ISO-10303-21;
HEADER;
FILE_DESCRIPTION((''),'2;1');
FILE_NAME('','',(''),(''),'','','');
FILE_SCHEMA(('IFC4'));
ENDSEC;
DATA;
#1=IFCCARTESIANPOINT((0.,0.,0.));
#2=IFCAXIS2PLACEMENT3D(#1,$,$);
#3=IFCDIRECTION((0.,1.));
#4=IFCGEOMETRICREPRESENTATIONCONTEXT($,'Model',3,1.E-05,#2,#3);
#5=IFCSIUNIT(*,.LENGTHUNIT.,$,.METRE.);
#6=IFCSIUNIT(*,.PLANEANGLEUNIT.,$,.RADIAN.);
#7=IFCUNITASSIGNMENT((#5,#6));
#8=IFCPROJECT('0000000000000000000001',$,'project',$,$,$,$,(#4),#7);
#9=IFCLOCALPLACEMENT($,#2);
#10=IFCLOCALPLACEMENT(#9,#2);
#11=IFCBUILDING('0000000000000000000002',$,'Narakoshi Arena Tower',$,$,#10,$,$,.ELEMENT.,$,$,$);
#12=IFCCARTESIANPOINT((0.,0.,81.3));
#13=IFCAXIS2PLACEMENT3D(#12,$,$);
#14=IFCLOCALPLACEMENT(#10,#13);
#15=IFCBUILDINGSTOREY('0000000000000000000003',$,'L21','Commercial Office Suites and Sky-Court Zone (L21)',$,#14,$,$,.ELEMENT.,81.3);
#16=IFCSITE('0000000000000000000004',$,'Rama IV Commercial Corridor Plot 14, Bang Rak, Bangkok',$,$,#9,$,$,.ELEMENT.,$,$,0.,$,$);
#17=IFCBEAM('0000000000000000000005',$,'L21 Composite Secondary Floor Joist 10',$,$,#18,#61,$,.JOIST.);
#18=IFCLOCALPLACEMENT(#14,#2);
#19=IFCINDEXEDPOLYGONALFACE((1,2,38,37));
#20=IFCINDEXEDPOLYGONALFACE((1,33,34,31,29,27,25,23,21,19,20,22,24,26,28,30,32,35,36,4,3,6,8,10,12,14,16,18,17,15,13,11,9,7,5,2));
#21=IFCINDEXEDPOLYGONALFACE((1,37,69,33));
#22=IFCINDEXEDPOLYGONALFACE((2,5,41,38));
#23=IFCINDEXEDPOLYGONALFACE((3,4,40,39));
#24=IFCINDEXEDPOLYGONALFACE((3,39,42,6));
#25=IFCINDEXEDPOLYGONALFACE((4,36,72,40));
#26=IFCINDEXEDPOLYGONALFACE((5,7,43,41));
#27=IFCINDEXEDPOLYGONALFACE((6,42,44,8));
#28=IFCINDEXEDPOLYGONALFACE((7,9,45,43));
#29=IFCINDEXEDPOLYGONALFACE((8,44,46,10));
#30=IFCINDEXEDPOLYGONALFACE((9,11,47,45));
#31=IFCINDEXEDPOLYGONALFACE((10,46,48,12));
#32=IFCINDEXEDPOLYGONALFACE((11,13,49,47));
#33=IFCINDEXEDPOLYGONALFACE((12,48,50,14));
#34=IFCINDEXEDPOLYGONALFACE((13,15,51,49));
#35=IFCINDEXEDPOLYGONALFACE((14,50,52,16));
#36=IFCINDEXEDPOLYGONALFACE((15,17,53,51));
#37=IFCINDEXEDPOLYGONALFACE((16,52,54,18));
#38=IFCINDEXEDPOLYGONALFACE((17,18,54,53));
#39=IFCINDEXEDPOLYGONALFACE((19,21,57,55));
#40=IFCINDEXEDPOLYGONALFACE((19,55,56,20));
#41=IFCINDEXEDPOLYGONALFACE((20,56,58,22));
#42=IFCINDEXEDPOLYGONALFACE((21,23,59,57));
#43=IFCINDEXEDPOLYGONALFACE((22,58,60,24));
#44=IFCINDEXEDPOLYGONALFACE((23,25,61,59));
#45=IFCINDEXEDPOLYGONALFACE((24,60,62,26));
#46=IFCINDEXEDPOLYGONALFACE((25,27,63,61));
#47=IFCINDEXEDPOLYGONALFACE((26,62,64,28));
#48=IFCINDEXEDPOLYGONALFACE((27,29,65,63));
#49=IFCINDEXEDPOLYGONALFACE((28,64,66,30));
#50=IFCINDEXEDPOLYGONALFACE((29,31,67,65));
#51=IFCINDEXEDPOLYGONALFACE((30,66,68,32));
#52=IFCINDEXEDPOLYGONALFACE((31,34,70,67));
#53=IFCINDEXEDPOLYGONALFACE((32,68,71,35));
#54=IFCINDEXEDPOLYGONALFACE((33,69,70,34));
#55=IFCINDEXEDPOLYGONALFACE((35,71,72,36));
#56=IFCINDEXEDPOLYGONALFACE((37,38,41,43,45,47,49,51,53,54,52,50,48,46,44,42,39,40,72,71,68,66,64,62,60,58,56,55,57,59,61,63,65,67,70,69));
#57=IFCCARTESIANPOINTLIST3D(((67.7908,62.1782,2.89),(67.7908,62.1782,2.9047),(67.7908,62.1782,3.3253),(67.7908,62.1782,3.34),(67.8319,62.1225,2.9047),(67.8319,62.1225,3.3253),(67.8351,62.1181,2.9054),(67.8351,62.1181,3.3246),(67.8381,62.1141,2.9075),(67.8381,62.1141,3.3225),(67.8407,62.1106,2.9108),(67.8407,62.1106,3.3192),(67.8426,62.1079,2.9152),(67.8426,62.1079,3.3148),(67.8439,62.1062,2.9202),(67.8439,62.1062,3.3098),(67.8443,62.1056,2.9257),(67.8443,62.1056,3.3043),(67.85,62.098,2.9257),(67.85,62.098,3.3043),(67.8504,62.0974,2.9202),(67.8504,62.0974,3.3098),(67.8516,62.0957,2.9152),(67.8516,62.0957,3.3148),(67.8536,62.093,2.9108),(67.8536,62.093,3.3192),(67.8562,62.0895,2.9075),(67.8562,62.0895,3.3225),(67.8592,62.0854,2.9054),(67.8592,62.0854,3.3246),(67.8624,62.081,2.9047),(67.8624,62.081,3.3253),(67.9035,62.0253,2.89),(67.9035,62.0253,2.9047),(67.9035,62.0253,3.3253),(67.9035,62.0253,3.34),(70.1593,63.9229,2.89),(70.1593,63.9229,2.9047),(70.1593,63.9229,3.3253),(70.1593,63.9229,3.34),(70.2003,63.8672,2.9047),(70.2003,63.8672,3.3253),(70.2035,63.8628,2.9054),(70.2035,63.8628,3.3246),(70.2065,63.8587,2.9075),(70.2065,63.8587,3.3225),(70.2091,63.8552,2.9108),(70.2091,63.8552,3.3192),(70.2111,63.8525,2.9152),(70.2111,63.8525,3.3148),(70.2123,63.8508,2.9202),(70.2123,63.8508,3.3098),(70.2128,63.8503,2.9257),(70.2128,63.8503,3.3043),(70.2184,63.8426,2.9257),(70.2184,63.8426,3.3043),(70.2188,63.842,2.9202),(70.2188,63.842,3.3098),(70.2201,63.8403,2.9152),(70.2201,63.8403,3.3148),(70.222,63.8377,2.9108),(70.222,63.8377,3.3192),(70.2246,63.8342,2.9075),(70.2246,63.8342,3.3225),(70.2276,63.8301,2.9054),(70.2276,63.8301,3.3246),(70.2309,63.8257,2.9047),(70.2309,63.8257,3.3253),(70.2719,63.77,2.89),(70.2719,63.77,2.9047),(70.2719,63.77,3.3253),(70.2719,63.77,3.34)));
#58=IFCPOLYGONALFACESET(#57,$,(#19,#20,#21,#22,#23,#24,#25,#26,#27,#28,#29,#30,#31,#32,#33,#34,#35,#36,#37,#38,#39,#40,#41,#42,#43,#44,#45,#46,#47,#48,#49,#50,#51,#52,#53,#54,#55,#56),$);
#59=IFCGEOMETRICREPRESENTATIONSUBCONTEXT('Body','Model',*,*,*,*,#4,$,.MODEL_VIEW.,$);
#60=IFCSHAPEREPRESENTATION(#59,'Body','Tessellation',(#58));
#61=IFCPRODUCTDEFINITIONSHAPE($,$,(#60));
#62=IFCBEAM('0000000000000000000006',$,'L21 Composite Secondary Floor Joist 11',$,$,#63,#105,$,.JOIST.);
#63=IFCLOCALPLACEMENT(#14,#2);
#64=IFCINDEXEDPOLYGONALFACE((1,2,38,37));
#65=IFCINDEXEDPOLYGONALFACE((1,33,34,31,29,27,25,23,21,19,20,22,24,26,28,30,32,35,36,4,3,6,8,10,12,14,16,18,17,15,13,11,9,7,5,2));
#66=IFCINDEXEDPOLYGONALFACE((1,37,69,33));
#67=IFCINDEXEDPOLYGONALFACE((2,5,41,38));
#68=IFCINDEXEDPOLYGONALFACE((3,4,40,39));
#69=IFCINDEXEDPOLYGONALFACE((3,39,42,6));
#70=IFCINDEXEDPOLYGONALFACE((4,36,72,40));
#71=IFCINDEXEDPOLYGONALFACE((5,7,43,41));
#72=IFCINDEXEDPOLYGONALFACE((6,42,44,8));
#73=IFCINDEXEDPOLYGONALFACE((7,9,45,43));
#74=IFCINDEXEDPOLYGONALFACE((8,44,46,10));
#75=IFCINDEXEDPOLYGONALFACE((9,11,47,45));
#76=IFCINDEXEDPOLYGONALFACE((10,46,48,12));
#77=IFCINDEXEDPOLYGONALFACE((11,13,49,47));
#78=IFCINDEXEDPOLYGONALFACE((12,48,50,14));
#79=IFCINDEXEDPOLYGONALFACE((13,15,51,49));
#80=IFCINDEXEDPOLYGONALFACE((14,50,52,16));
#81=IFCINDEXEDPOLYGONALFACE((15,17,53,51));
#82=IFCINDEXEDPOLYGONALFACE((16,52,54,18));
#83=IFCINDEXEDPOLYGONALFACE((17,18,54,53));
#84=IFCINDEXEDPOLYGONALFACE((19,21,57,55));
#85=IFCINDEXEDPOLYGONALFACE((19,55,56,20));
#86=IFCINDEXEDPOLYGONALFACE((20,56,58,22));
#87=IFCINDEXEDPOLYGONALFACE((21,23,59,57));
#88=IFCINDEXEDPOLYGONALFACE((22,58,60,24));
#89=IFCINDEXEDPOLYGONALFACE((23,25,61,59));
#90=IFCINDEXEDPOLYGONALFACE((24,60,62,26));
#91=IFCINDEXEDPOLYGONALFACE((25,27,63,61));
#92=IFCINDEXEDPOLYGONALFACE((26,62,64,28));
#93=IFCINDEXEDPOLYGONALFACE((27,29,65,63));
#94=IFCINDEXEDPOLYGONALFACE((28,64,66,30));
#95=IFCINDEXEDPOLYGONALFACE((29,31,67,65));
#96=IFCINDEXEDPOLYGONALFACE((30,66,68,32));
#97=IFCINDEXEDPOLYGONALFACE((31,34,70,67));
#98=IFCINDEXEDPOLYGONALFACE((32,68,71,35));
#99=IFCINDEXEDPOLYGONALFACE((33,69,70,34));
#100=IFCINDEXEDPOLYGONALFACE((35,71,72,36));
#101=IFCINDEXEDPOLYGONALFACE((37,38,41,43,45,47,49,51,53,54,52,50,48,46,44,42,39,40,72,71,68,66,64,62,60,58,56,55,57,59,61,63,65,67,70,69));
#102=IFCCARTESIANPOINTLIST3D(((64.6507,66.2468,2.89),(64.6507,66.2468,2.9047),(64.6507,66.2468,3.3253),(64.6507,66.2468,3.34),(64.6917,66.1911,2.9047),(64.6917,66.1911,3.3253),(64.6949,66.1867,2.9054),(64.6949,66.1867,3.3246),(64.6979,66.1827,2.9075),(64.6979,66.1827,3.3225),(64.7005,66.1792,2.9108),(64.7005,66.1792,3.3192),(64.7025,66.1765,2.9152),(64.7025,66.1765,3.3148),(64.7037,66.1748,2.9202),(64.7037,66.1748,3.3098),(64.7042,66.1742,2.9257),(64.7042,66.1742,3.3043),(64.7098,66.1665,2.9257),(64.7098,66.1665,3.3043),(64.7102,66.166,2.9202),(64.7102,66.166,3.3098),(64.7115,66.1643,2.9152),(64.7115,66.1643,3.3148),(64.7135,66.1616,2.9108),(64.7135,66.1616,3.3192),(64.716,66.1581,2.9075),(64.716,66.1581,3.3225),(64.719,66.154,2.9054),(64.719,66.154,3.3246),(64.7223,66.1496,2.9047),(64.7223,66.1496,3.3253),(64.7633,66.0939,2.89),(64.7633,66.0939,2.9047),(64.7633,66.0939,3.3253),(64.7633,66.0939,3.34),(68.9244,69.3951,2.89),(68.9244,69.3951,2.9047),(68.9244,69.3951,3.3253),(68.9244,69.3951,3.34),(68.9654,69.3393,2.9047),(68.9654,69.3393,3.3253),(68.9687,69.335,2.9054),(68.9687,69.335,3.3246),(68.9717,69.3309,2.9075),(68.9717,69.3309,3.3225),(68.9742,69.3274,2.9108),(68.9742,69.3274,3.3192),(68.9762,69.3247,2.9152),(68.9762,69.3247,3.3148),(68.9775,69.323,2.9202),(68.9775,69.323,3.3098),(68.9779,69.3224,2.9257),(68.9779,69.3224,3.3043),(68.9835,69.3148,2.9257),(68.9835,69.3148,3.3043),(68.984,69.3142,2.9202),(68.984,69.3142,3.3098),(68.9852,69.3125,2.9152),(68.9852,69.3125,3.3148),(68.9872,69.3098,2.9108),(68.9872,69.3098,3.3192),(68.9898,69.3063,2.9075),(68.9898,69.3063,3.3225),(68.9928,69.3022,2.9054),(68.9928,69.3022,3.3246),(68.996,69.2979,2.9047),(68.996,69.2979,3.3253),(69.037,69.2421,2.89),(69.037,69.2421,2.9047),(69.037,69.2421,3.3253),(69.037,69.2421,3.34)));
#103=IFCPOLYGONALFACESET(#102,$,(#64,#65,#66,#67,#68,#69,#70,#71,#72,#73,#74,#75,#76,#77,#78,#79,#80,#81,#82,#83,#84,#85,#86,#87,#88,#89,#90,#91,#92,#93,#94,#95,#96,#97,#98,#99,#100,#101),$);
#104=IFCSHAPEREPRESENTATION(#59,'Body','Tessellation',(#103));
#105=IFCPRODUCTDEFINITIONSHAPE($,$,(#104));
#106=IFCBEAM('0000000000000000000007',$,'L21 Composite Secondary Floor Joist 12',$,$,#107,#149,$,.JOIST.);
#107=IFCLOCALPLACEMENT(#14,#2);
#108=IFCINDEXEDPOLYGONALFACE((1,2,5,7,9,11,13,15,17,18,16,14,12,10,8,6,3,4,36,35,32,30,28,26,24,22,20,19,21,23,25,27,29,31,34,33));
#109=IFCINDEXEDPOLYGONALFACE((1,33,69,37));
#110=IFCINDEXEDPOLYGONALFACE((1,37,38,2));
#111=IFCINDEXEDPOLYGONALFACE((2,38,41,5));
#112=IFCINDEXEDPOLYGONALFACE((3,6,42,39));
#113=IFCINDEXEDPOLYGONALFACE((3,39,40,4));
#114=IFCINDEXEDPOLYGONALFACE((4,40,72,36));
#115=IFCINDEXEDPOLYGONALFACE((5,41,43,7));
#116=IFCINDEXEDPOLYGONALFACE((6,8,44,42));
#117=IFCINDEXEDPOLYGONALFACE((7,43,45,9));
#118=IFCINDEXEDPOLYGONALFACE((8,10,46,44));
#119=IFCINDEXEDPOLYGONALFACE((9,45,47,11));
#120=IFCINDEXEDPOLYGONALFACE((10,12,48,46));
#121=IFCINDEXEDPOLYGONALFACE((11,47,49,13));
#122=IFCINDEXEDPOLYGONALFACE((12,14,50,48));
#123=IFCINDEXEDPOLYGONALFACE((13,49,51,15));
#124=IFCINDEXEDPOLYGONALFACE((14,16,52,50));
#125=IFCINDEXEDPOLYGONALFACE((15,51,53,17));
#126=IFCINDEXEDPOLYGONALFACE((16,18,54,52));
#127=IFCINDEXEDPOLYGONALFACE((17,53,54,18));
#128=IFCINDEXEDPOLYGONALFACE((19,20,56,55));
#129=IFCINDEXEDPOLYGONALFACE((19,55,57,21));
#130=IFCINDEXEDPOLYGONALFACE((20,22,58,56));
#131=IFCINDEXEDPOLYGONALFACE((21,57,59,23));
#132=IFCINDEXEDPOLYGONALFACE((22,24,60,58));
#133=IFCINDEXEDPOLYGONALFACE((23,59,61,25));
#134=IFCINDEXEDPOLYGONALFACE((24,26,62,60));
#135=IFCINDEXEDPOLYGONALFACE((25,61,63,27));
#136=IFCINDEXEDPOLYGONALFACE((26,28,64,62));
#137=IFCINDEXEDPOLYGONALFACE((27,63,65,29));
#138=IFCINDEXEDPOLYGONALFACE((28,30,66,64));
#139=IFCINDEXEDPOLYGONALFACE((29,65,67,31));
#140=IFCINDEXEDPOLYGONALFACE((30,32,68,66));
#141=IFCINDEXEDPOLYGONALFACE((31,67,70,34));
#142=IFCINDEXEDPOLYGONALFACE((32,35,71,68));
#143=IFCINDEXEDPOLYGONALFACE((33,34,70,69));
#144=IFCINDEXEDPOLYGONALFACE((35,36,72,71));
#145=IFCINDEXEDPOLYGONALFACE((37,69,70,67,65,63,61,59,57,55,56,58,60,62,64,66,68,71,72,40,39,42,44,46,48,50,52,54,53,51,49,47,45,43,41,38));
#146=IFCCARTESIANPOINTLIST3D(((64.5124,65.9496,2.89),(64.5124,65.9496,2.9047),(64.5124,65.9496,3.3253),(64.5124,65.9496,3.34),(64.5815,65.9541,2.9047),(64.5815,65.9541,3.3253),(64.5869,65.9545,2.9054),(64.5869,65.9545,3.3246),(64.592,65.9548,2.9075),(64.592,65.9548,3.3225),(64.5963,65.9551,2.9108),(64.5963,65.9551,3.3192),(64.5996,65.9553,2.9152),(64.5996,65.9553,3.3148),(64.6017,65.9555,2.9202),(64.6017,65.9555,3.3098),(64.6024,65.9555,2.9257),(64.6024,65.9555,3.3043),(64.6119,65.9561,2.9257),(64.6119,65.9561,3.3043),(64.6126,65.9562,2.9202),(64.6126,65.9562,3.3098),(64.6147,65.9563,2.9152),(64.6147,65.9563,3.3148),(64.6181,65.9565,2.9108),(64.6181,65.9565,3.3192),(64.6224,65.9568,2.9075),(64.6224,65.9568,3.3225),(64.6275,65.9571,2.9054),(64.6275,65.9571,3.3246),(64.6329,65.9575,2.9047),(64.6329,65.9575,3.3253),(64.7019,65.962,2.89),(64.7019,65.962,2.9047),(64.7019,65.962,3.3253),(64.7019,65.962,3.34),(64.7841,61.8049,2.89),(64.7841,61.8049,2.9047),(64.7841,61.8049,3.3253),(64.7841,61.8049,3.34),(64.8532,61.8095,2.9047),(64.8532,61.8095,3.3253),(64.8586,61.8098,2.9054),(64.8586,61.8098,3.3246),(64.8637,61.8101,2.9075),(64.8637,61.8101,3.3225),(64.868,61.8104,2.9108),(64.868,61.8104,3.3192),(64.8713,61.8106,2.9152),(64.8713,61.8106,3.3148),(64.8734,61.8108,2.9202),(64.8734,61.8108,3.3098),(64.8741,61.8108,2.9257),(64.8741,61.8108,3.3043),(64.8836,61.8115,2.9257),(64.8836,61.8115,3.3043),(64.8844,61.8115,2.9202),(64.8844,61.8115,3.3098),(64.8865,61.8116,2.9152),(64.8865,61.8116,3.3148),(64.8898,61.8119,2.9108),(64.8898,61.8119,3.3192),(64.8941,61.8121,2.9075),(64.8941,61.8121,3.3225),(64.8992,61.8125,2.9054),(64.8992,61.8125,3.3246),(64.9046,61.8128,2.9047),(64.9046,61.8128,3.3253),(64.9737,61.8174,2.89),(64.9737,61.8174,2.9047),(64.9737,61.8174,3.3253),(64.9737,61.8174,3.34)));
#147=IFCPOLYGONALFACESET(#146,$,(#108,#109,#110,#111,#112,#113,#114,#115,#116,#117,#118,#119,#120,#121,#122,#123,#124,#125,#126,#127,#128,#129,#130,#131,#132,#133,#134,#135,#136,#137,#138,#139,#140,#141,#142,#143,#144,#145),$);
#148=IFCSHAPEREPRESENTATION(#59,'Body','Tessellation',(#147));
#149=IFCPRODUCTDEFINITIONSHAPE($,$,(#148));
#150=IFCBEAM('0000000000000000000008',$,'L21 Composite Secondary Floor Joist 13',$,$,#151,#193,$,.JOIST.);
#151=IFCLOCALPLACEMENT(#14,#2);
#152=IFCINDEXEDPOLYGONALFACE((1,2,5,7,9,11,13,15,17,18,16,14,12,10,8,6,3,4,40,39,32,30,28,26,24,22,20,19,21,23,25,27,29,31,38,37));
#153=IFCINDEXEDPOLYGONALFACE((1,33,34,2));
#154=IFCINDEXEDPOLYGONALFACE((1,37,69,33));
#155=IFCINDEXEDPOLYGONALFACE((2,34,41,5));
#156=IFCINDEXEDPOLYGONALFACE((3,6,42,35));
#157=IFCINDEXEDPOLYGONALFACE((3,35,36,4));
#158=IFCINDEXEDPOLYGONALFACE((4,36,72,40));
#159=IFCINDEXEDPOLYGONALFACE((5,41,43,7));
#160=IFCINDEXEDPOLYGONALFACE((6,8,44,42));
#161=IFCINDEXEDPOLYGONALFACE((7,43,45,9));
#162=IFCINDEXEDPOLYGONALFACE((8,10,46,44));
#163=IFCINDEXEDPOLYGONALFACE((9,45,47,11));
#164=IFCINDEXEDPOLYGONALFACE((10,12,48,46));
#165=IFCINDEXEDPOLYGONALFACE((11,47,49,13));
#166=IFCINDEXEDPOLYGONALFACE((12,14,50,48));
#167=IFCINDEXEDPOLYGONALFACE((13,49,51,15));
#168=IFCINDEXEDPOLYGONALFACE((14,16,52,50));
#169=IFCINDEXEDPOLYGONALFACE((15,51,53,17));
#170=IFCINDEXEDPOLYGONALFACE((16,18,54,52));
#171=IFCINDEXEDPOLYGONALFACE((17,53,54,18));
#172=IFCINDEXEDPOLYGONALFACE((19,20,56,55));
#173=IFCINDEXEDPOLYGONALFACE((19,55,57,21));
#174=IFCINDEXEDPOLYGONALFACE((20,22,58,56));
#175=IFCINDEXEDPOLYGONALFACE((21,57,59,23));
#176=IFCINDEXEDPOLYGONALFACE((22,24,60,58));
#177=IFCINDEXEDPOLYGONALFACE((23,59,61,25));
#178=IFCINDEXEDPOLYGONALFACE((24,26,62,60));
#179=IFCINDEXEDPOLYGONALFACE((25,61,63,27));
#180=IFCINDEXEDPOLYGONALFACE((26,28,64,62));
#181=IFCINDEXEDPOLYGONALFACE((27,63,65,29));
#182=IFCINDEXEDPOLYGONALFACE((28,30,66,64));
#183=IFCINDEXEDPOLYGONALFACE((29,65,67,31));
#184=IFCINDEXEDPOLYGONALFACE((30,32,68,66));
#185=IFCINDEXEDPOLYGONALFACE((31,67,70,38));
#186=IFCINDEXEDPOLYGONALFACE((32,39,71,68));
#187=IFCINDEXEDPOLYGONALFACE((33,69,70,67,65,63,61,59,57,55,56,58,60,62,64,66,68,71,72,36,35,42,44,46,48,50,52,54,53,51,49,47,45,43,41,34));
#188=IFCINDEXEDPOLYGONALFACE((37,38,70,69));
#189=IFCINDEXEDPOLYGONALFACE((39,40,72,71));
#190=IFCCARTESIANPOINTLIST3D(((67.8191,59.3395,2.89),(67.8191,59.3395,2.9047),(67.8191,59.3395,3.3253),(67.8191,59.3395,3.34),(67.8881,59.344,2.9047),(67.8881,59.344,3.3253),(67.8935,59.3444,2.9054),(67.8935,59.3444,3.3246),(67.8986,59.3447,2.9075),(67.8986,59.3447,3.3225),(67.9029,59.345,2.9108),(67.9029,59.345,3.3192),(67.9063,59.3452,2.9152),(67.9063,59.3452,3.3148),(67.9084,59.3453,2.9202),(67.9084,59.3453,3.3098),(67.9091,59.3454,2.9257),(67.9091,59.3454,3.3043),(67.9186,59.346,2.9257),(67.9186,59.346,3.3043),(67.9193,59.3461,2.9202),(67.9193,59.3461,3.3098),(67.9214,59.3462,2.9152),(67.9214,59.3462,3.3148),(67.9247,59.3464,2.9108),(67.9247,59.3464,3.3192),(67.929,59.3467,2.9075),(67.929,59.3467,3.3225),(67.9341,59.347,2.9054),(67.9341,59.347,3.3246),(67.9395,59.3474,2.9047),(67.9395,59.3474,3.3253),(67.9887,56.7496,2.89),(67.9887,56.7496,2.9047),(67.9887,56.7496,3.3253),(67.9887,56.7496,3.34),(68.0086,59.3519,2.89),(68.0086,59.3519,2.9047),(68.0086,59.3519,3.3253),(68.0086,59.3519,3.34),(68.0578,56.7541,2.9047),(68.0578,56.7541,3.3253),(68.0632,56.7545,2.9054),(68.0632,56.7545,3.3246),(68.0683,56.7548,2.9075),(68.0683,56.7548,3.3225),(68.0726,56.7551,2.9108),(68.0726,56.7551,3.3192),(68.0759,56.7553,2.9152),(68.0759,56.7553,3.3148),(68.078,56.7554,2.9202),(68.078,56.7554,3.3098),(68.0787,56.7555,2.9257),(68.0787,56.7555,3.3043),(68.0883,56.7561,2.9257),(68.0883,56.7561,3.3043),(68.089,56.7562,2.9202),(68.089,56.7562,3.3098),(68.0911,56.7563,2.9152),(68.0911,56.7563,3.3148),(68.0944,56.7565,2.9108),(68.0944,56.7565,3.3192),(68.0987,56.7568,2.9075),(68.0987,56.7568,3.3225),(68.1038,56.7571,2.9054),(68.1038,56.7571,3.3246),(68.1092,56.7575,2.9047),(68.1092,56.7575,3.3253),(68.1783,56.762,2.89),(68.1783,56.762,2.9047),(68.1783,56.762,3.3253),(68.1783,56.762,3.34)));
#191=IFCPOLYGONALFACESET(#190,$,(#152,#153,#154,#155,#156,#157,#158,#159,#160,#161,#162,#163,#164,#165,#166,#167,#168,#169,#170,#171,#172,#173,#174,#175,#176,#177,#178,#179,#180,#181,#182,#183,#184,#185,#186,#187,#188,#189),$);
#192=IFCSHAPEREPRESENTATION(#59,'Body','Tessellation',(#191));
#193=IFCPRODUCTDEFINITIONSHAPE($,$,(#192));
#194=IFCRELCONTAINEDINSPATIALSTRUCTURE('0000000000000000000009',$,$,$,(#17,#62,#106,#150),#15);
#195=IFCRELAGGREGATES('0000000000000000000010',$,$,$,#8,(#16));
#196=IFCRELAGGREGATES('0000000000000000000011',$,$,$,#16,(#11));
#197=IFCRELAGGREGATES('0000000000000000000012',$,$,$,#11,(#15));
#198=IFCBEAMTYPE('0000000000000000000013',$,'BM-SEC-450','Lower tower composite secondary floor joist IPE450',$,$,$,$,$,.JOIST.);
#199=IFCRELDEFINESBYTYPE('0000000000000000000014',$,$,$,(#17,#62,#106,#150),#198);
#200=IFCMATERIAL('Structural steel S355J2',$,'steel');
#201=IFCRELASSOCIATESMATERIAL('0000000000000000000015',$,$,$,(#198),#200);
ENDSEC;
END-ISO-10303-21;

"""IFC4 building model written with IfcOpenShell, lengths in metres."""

from ifc_helpers import new_model, si_unit, direction, frame, origin, origin_2d, place, context, subcontext, project, spatial, i_section, extrude, material, material_profile, profile_set, type_object, element, save


model = new_model("IFC4")

# Units and contexts
model_context = context("Model", 3, precision=1e-05, world=origin(), true_north=direction((0.0, 1.0)))
body_context = subcontext(model_context, "Body", "Model", "MODEL_VIEW")
ifc_project = project(units=[si_unit("LENGTHUNIT", "METRE"), si_unit("PLANEANGLEUNIT", "RADIAN")], contexts=[model_context])

# Site, building, storey
site_placement = place(None, origin())
site = spatial("IfcSite", under=ifc_project, at=site_placement, Name="Rama IV Commercial Corridor Plot 14, Bang Rak, Bangkok", CompositionType="ELEMENT", RefElevation=0.0)
building_placement = place(site_placement, origin())
building = spatial("IfcBuilding", under=site, at=building_placement, Name="Narakoshi Arena Tower", CompositionType="ELEMENT")
storey_placement = place(building_placement, frame((0.0, 0.0, 81.3)))
storey = spatial("IfcBuildingStorey", under=building, at=storey_placement, Name="L21", Description="Commercial Office Suites and Sky-Court Zone (L21)", CompositionType="ELEMENT", Elevation=81.3)

# Beams
ifc_material_1 = material(Name="Structural steel S355J2", Category="steel")
ifc_material_profile_1 = material_profile(ifc_material_1, i_section(OverallWidth=0.1899, OverallDepth=0.45, WebThickness=0.0095, FlangeThickness=0.0146, FilletRadius=0.021, at=origin_2d()), Name="IPE450")
ifc_profile_set_1 = profile_set([ifc_material_profile_1], Name="Structural steel S355J2")
beam_type_1 = type_object("IfcBeamType", Name="BM-SEC-450", Description="Lower tower composite secondary floor joist IPE450", PredefinedType="JOIST", material=ifc_profile_set_1)
beam_1_placement = place(storey_placement, frame((70.2156, 63.8464, 3.115), z_axis=(-0.805139, -0.593086, 0.0), x_axis=(0.593086, -0.805139, 0.0)))
element("IfcBeam", 1, at=beam_1_placement, inside=storey, type_object=beam_type_1, Name="L21 Composite Secondary Floor Joist 10", PredefinedType="JOIST", context=body_context, shape_type="SweptSolid", body=[
    extrude(i_section(OverallWidth=0.1899, OverallDepth=0.45, WebThickness=0.0095, FlangeThickness=0.0146, FilletRadius=0.021, at=origin_2d()), origin(), (0.0, 0.0, 1.0), 2.9417),
])
beam_2_placement = place(storey_placement, frame((68.9807, 69.3186, 3.115), z_axis=(-0.805131, -0.593097, 0.0), x_axis=(0.593097, -0.805131, 0.0)))
element("IfcBeam", 2, at=beam_2_placement, inside=storey, type_object=beam_type_1, Name="L21 Composite Secondary Floor Joist 11", PredefinedType="JOIST", context=body_context, shape_type="SweptSolid", body=[
    extrude(i_section(OverallWidth=0.1899, OverallDepth=0.45, WebThickness=0.0095, FlangeThickness=0.0146, FilletRadius=0.021, at=origin_2d()), origin(), (0.0, 0.0, 1.0), 5.3081),
])
beam_3_placement = place(storey_placement, frame((64.6072, 65.9558, 3.115), z_axis=(0.065419, -0.997858, 0.0), x_axis=(0.997858, 0.065419, 0.0)))
element("IfcBeam", 3, at=beam_3_placement, inside=storey, type_object=beam_type_1, Name="L21 Composite Secondary Floor Joist 12", PredefinedType="JOIST", context=body_context, shape_type="SweptSolid", body=[
    extrude(i_section(OverallWidth=0.1899, OverallDepth=0.45, WebThickness=0.0095, FlangeThickness=0.0146, FilletRadius=0.021, at=origin_2d()), origin(), (0.0, 0.0, 1.0), 4.1536),
])
beam_4_placement = place(storey_placement, frame((67.9138, 59.3457, 3.115), z_axis=(0.065376, -0.997861, 0.0), x_axis=(0.997861, 0.065376, 0.0)))
element("IfcBeam", 4, at=beam_4_placement, inside=storey, type_object=beam_type_1, Name="L21 Composite Secondary Floor Joist 13", PredefinedType="JOIST", context=body_context, shape_type="SweptSolid", body=[
    extrude(i_section(OverallWidth=0.1899, OverallDepth=0.45, WebThickness=0.0095, FlangeThickness=0.0146, FilletRadius=0.021, at=origin_2d()), origin(), (0.0, 0.0, 1.0), 2.5955),
])

save(model, "model.ifc")
